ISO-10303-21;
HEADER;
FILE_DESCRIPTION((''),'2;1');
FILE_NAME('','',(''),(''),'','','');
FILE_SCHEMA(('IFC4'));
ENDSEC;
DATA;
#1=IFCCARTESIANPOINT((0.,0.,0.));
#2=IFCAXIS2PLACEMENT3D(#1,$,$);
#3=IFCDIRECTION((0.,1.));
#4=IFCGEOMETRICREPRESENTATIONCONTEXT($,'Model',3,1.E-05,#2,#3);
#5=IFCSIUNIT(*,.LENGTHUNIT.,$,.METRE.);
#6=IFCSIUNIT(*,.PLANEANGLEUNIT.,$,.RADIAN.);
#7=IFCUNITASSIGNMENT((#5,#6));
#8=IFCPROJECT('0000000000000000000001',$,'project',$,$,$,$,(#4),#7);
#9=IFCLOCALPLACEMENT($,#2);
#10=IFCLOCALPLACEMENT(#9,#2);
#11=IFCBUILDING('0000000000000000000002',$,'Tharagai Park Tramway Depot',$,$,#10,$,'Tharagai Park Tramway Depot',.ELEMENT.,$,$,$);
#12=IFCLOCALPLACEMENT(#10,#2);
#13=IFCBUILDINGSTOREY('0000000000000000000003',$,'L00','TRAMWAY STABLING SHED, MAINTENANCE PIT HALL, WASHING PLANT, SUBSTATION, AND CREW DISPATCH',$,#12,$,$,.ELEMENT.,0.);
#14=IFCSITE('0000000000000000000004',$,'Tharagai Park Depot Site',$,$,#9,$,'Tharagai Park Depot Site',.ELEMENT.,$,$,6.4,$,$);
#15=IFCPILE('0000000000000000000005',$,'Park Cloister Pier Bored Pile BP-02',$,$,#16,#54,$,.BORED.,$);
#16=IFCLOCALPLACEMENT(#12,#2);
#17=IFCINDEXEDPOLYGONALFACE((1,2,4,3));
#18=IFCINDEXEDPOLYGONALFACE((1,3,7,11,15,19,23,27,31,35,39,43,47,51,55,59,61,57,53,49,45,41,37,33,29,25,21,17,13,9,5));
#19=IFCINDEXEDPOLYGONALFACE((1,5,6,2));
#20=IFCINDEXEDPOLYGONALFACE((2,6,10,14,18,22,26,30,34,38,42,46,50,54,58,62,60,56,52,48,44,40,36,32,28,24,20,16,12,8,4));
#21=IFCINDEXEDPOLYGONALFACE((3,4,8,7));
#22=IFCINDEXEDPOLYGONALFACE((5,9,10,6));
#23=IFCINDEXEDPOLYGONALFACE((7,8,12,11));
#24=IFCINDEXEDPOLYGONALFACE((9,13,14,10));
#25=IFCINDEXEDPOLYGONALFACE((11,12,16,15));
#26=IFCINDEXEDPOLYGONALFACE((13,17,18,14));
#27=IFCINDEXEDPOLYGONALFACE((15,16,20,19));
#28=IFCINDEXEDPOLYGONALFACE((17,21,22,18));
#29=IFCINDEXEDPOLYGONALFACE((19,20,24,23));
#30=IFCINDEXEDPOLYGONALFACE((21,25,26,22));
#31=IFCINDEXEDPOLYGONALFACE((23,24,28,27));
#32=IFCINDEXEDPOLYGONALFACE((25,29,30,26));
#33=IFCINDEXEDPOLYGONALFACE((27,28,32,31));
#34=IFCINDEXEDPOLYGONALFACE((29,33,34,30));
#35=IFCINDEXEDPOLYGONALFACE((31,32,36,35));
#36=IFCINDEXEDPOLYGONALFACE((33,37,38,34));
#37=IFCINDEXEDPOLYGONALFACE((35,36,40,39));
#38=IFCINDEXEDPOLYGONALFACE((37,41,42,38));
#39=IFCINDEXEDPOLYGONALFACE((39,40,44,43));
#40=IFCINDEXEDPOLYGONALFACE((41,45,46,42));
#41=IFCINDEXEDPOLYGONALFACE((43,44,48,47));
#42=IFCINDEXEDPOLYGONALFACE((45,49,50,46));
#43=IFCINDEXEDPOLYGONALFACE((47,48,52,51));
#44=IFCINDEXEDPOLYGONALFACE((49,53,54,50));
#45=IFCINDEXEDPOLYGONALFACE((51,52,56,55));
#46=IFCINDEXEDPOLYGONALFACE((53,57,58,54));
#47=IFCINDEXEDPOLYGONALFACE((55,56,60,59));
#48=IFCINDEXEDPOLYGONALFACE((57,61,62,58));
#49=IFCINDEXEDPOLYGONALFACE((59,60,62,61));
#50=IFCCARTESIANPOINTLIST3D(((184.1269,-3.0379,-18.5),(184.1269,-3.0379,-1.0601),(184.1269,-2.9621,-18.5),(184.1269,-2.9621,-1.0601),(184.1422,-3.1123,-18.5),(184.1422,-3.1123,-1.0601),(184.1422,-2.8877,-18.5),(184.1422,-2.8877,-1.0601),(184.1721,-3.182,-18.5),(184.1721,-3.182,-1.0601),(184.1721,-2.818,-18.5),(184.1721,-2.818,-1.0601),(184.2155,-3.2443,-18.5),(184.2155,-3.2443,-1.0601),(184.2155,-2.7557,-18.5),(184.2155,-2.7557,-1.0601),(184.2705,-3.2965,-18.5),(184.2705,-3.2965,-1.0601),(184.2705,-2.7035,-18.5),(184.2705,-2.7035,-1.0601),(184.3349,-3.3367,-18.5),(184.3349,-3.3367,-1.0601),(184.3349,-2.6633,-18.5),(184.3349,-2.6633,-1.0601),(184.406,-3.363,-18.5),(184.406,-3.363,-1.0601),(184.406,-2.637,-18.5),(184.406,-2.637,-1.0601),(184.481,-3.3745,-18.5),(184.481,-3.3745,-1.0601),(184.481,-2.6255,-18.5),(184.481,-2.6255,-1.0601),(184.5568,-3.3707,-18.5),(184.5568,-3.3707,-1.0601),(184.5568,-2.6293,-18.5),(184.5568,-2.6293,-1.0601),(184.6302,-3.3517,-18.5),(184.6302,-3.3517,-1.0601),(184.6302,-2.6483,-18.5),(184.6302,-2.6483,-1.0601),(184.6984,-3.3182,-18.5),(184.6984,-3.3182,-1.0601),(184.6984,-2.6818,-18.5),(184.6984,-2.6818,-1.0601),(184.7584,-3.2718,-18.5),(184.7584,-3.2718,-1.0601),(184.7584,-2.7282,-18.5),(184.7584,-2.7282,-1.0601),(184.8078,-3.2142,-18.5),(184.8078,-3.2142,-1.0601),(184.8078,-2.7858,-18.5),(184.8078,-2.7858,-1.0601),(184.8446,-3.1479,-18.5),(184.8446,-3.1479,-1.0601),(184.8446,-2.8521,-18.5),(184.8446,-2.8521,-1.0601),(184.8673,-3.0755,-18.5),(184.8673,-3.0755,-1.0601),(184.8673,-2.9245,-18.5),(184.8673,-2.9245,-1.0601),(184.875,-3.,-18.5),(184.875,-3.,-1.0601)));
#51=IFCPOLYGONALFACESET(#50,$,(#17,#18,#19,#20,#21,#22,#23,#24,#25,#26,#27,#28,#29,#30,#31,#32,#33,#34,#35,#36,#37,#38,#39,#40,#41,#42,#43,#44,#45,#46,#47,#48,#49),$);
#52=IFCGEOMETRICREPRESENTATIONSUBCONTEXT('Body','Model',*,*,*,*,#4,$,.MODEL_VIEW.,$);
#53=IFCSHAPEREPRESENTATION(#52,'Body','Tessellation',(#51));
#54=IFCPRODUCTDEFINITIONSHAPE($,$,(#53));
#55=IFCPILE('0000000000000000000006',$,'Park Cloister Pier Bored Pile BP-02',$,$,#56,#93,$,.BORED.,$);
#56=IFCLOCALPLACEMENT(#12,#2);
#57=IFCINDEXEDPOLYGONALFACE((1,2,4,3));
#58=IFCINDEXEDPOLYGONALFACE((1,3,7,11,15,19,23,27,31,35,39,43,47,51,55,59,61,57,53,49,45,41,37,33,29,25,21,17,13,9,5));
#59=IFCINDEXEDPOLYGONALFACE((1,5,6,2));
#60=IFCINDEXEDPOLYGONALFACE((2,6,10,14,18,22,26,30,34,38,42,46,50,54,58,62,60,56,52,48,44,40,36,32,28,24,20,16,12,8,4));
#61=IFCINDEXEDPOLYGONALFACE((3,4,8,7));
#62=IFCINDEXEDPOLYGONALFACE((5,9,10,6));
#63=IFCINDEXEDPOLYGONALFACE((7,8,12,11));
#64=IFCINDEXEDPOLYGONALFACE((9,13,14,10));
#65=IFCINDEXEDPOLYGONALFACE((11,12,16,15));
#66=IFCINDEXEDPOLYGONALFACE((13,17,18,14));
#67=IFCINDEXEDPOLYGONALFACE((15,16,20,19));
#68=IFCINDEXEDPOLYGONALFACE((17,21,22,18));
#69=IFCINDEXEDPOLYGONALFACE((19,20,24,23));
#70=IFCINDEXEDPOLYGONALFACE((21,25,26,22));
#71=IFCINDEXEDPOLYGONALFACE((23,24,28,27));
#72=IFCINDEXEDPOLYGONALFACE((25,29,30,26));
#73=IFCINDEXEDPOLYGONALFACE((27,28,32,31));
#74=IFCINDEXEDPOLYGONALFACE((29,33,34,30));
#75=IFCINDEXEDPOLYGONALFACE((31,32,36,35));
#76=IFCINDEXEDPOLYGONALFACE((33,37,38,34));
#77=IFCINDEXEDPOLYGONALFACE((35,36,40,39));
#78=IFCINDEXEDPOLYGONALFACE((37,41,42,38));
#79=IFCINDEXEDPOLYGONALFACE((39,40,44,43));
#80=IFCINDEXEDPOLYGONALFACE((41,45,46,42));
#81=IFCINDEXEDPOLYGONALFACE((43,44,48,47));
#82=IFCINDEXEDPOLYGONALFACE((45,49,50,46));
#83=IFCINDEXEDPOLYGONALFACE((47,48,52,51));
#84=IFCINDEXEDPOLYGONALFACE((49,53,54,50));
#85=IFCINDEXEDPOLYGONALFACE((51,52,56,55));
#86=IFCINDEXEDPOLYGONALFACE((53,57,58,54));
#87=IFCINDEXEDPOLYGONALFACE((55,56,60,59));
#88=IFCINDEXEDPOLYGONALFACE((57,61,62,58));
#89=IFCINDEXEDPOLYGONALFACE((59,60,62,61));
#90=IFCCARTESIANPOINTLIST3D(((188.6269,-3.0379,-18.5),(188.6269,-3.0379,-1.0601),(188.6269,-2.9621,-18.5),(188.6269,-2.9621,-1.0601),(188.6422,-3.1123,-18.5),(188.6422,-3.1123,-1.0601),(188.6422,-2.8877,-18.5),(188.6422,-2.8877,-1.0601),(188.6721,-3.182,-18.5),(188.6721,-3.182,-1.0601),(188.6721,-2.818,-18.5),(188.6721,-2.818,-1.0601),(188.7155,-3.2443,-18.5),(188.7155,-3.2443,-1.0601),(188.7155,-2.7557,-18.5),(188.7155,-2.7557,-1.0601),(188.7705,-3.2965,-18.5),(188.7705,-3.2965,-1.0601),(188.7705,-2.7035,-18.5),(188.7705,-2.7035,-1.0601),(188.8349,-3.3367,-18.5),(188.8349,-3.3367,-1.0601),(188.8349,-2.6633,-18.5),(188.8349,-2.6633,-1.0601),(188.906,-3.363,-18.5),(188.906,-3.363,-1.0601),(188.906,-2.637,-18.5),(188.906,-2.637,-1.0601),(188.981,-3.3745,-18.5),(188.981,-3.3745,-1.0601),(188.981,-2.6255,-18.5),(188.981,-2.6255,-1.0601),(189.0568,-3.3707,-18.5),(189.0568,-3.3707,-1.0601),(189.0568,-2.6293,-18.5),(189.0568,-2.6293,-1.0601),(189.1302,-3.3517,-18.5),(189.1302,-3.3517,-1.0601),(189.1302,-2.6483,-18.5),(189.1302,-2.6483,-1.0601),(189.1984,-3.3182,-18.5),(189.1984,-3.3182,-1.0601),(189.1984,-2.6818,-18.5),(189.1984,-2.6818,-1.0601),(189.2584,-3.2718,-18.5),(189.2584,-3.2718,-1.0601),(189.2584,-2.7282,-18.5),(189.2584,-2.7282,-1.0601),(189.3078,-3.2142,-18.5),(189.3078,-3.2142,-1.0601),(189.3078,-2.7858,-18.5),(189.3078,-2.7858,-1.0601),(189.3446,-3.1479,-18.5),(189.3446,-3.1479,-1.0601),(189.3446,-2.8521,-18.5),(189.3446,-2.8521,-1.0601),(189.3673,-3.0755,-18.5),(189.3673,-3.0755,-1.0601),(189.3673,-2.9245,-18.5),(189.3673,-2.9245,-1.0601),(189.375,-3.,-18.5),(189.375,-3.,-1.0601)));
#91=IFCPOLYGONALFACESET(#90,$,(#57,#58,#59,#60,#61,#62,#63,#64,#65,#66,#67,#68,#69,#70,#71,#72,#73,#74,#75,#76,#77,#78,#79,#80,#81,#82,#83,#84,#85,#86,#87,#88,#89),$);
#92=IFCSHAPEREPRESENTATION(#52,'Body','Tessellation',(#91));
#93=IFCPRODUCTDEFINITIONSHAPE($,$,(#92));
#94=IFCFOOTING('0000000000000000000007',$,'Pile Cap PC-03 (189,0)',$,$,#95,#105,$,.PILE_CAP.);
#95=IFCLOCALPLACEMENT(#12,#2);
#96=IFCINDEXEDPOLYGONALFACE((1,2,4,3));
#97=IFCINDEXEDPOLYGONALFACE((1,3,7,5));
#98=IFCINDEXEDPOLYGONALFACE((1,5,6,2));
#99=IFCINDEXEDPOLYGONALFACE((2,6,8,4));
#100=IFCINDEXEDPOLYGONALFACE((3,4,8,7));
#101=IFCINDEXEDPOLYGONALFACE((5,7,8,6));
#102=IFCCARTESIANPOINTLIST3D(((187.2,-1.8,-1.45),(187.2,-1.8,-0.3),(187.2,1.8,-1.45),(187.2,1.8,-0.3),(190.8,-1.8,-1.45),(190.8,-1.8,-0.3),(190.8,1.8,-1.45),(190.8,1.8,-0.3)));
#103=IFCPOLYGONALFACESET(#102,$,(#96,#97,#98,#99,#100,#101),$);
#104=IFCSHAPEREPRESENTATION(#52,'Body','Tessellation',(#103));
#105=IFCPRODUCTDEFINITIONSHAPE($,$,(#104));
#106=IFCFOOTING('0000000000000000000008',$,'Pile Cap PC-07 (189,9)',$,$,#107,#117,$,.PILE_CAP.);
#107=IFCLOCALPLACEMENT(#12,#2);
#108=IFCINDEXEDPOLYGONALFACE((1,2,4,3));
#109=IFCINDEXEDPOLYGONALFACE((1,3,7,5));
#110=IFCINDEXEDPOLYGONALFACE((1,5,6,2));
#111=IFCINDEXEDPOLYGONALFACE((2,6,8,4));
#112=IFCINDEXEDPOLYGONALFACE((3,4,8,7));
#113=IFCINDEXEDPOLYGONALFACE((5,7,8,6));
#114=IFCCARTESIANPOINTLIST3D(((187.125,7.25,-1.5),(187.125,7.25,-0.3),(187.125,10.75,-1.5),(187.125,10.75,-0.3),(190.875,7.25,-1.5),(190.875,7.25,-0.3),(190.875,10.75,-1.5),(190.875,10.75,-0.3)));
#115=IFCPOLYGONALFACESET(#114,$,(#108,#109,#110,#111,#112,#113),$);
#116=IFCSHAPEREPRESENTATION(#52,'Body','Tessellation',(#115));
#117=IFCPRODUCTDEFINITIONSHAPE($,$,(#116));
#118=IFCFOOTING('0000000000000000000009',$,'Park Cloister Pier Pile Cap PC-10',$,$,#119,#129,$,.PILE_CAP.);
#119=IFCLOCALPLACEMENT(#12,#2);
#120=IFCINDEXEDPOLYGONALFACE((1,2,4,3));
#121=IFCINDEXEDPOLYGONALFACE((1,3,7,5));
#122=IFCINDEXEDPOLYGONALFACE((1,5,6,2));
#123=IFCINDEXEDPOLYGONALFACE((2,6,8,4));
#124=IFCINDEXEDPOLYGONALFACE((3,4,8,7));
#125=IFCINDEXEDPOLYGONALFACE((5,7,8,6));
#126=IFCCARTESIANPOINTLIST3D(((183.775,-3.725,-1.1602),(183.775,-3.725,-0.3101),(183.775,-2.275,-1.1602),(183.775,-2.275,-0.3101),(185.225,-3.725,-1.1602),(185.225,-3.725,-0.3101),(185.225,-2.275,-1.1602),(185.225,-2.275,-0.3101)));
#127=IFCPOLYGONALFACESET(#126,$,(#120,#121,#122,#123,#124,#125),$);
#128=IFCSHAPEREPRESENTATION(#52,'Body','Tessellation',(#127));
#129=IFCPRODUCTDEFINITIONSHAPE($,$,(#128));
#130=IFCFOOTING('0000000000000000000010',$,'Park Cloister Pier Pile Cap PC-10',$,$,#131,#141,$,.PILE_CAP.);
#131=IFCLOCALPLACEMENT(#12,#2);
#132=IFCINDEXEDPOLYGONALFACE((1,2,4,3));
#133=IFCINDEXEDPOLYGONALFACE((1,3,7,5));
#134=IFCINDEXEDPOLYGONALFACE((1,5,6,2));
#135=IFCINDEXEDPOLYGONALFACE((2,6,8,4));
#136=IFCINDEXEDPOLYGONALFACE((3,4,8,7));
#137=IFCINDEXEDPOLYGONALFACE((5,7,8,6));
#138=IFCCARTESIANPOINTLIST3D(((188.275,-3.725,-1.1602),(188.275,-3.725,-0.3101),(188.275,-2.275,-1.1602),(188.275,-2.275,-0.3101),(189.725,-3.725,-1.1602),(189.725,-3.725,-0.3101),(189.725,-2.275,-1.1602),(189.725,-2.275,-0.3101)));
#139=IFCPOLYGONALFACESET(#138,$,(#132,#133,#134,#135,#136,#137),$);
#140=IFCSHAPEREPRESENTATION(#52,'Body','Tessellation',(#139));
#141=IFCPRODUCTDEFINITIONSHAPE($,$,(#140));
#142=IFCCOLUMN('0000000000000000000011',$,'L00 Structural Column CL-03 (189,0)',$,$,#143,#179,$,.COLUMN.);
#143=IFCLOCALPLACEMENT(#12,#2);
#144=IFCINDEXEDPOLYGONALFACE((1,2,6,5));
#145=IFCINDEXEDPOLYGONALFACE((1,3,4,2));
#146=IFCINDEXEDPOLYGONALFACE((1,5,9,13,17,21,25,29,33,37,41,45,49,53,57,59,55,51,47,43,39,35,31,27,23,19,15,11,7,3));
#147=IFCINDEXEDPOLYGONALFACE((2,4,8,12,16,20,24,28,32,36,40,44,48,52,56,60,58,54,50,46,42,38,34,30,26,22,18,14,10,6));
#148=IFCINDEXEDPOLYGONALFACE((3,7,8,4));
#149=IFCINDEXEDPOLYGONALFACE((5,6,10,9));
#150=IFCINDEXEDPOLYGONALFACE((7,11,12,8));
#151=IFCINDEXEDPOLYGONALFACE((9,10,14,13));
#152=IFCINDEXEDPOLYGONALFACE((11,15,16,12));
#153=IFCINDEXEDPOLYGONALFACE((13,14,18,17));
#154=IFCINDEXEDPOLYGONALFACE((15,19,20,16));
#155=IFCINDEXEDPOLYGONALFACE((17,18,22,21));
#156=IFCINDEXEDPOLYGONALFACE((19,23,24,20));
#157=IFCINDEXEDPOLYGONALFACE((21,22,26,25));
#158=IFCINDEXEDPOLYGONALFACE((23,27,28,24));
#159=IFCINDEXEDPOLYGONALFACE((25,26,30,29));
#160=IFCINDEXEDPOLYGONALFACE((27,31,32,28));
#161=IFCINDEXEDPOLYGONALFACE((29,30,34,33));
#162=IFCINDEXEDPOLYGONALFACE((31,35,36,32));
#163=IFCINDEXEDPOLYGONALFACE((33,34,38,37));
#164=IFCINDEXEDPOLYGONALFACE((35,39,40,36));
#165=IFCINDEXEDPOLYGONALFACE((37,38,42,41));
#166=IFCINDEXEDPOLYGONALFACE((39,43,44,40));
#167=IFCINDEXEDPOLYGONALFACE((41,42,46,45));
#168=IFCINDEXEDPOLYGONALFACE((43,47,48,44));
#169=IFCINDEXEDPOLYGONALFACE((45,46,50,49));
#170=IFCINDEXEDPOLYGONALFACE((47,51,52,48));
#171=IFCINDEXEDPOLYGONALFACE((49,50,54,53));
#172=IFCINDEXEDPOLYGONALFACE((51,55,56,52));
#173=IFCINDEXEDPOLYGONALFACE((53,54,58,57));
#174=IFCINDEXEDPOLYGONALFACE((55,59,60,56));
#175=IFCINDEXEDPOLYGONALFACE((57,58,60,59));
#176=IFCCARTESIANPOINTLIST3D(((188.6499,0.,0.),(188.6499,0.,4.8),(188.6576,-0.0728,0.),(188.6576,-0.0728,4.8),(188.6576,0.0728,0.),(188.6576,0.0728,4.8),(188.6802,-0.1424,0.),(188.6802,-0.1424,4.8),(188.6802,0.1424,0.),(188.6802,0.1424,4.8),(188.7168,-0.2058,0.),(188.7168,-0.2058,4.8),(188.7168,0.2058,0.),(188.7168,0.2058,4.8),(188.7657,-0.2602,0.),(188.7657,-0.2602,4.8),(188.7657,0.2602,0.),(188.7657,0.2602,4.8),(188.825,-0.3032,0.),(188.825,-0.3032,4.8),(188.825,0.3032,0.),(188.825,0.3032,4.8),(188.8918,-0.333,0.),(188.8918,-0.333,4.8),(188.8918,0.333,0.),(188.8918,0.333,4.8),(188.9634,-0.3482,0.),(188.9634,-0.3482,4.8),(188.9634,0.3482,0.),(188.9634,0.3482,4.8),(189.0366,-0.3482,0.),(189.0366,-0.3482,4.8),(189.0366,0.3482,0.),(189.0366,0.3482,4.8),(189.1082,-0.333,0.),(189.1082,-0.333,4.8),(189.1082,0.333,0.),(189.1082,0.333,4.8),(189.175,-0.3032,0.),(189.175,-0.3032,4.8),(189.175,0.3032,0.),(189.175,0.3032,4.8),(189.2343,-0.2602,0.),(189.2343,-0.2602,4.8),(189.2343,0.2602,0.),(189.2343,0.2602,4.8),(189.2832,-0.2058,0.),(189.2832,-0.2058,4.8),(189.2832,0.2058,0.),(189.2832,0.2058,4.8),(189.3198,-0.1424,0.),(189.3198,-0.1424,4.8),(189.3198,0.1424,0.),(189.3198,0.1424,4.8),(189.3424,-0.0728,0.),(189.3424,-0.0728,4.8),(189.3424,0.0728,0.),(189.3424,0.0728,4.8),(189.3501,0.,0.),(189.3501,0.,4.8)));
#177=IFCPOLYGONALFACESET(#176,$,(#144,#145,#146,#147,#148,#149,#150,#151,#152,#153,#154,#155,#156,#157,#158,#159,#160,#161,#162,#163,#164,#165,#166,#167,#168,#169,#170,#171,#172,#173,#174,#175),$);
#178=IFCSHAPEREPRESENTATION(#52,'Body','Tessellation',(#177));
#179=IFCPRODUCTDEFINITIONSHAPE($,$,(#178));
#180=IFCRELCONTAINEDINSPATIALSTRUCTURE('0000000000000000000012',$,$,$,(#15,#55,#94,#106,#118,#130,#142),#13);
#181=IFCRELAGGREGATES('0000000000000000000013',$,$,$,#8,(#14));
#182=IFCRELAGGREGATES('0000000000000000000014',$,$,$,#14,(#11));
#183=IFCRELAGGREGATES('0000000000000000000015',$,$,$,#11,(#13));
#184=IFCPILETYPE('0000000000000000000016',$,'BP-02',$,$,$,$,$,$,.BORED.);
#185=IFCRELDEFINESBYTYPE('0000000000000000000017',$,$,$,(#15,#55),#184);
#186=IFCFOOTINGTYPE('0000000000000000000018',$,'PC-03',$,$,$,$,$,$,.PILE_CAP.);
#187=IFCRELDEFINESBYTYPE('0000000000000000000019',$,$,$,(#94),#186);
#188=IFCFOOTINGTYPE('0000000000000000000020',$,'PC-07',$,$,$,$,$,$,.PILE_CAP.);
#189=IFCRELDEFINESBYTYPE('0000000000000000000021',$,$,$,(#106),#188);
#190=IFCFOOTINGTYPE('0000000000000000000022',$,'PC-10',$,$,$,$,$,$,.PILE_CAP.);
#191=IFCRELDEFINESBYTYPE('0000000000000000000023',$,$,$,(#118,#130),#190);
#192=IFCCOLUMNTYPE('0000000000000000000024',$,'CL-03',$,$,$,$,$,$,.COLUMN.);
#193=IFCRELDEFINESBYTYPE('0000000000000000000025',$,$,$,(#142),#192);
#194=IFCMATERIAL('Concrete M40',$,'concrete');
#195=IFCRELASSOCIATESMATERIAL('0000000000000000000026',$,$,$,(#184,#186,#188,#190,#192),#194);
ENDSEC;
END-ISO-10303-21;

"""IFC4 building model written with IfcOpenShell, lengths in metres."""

from ifc_helpers import new_model, si_unit, direction, frame, origin, origin_2d, place, context, subcontext, project, spatial, rectangle, circle, extrude, material, material_profile, profile_set, type_object, element, save


model = new_model("IFC4")

# Units and contexts
model_context = context("Model", 3, precision=1e-05, world=origin(), true_north=direction((0.0, 1.0)))
body_context = subcontext(model_context, "Body", "Model", "MODEL_VIEW")
ifc_project = project(units=[si_unit("LENGTHUNIT", "METRE"), si_unit("PLANEANGLEUNIT", "RADIAN")], contexts=[model_context])

# Site, building, storey
site_placement = place(None, origin())
site = spatial("IfcSite", under=ifc_project, at=site_placement, Name="Tharagai Park Depot Site", LongName="Tharagai Park Depot Site", CompositionType="ELEMENT", RefElevation=6.4)
building_placement = place(site_placement, origin())
building = spatial("IfcBuilding", under=site, at=building_placement, Name="Tharagai Park Tramway Depot", LongName="Tharagai Park Tramway Depot", CompositionType="ELEMENT")
storey_placement = place(building_placement, origin())
storey = spatial("IfcBuildingStorey", under=building, at=storey_placement, Name="L00", Description="TRAMWAY STABLING SHED, MAINTENANCE PIT HALL, WASHING PLANT, SUBSTATION, AND CREW DISPATCH", CompositionType="ELEMENT", Elevation=0.0)

# Piles
ifc_material_1 = material(Name="Concrete M40", Category="concrete")
ifc_material_profile_1 = material_profile(ifc_material_1, circle(Radius=0.375, at=origin_2d()), Name="PILE D750")
ifc_profile_set_1 = profile_set([ifc_material_profile_1], Name="Concrete M40")
pile_type = type_object("IfcPileType", Name="BP-02", PredefinedType="BORED", material=ifc_profile_set_1)
for number, where, z_axis, x_axis, name in (
    (1, (184.5, -3.0, -1.0601), (0.0, 0.0, -1.0), (1.0, 0.0, 0.0), "Park Cloister Pier Bored Pile BP-02"),
    (2, (189.0, -3.0, -1.0601), (0.0, 0.0, -1.0), (1.0, 0.0, 0.0), "Park Cloister Pier Bored Pile BP-02"),
):
    element("IfcPile", number, at=place(storey_placement, frame(where, z_axis=z_axis, x_axis=x_axis)), inside=storey, type_object=pile_type, Name=name, PredefinedType="BORED", context=body_context, shape_type="SweptSolid", body=[
        extrude(circle(Radius=0.375, at=origin_2d()), origin(), (0.0, 0.0, 1.0), 17.4399),
    ])

# Footings
footing_type_1 = type_object("IfcFootingType", Name="PC-03", PredefinedType="PILE_CAP", material=ifc_material_1)
footing_1_placement = place(storey_placement, frame((189.0, 0.0, -1.45), z_axis=(0.0, 0.0, 1.0), x_axis=(1.0, 0.0, 0.0)))
element("IfcFooting", 3, at=footing_1_placement, inside=storey, type_object=footing_type_1, Name="Pile Cap PC-03 (189,0)", PredefinedType="PILE_CAP", context=body_context, shape_type="SweptSolid", body=[
    extrude(rectangle(XDim=3.6001, YDim=3.6001, at=origin_2d()), origin(), (0.0, 0.0, 1.0), 1.1499),
])
footing_type_2 = type_object("IfcFootingType", Name="PC-07", PredefinedType="PILE_CAP", material=ifc_material_1)
footing_2_placement = place(storey_placement, frame((189.0, 9.0, -1.5), z_axis=(0.0, 0.0, 1.0), x_axis=(1.0, 0.0, 0.0)))
element("IfcFooting", 4, at=footing_2_placement, inside=storey, type_object=footing_type_2, Name="Pile Cap PC-07 (189,9)", PredefinedType="PILE_CAP", context=body_context, shape_type="SweptSolid", body=[
    extrude(rectangle(XDim=3.75, YDim=3.5, at=origin_2d()), origin(), (0.0, 0.0, 1.0), 1.2),
])
footing_type_3 = type_object("IfcFootingType", Name="PC-10", PredefinedType="PILE_CAP", material=ifc_material_1)
for number, where, z_axis, x_axis, name in (
    (5, (184.5, -3.0, -1.1602), (0.0, 0.0, 1.0), (1.0, 0.0, 0.0), "Park Cloister Pier Pile Cap PC-10"),
    (6, (189.0, -3.0, -1.1602), (0.0, 0.0, 1.0), (1.0, 0.0, 0.0), "Park Cloister Pier Pile Cap PC-10"),
):
    element("IfcFooting", number, at=place(storey_placement, frame(where, z_axis=z_axis, x_axis=x_axis)), inside=storey, type_object=footing_type_3, Name=name, PredefinedType="PILE_CAP", context=body_context, shape_type="SweptSolid", body=[
        extrude(rectangle(XDim=1.45, YDim=1.45, at=origin_2d()), origin(), (0.0, 0.0, 1.0), 0.8501),
    ])

# Column
ifc_material_profile_2 = material_profile(ifc_material_1, circle(Radius=0.3501, at=origin_2d()), Name="RC D700")
ifc_profile_set_2 = profile_set([ifc_material_profile_2], Name="Concrete M40")
column_type_1 = type_object("IfcColumnType", Name="CL-03", PredefinedType="COLUMN", material=ifc_profile_set_2)
for number, where, z_axis, x_axis, name in (
    (7, (189.0, 0.0, 0.0), (0.0, 0.0, 1.0), (1.0, 0.0, 0.0), "L00 Structural Column CL-03 (189,0)"),
):
    element("IfcColumn", number, at=place(storey_placement, frame(where, z_axis=z_axis, x_axis=x_axis)), inside=storey, type_object=column_type_1, Name=name, PredefinedType="COLUMN", context=body_context, shape_type="SweptSolid", body=[
        extrude(circle(Radius=0.3501, at=origin_2d()), origin(), (0.0, 0.0, 1.0), 4.8),
    ])

save(model, "model.ifc")
